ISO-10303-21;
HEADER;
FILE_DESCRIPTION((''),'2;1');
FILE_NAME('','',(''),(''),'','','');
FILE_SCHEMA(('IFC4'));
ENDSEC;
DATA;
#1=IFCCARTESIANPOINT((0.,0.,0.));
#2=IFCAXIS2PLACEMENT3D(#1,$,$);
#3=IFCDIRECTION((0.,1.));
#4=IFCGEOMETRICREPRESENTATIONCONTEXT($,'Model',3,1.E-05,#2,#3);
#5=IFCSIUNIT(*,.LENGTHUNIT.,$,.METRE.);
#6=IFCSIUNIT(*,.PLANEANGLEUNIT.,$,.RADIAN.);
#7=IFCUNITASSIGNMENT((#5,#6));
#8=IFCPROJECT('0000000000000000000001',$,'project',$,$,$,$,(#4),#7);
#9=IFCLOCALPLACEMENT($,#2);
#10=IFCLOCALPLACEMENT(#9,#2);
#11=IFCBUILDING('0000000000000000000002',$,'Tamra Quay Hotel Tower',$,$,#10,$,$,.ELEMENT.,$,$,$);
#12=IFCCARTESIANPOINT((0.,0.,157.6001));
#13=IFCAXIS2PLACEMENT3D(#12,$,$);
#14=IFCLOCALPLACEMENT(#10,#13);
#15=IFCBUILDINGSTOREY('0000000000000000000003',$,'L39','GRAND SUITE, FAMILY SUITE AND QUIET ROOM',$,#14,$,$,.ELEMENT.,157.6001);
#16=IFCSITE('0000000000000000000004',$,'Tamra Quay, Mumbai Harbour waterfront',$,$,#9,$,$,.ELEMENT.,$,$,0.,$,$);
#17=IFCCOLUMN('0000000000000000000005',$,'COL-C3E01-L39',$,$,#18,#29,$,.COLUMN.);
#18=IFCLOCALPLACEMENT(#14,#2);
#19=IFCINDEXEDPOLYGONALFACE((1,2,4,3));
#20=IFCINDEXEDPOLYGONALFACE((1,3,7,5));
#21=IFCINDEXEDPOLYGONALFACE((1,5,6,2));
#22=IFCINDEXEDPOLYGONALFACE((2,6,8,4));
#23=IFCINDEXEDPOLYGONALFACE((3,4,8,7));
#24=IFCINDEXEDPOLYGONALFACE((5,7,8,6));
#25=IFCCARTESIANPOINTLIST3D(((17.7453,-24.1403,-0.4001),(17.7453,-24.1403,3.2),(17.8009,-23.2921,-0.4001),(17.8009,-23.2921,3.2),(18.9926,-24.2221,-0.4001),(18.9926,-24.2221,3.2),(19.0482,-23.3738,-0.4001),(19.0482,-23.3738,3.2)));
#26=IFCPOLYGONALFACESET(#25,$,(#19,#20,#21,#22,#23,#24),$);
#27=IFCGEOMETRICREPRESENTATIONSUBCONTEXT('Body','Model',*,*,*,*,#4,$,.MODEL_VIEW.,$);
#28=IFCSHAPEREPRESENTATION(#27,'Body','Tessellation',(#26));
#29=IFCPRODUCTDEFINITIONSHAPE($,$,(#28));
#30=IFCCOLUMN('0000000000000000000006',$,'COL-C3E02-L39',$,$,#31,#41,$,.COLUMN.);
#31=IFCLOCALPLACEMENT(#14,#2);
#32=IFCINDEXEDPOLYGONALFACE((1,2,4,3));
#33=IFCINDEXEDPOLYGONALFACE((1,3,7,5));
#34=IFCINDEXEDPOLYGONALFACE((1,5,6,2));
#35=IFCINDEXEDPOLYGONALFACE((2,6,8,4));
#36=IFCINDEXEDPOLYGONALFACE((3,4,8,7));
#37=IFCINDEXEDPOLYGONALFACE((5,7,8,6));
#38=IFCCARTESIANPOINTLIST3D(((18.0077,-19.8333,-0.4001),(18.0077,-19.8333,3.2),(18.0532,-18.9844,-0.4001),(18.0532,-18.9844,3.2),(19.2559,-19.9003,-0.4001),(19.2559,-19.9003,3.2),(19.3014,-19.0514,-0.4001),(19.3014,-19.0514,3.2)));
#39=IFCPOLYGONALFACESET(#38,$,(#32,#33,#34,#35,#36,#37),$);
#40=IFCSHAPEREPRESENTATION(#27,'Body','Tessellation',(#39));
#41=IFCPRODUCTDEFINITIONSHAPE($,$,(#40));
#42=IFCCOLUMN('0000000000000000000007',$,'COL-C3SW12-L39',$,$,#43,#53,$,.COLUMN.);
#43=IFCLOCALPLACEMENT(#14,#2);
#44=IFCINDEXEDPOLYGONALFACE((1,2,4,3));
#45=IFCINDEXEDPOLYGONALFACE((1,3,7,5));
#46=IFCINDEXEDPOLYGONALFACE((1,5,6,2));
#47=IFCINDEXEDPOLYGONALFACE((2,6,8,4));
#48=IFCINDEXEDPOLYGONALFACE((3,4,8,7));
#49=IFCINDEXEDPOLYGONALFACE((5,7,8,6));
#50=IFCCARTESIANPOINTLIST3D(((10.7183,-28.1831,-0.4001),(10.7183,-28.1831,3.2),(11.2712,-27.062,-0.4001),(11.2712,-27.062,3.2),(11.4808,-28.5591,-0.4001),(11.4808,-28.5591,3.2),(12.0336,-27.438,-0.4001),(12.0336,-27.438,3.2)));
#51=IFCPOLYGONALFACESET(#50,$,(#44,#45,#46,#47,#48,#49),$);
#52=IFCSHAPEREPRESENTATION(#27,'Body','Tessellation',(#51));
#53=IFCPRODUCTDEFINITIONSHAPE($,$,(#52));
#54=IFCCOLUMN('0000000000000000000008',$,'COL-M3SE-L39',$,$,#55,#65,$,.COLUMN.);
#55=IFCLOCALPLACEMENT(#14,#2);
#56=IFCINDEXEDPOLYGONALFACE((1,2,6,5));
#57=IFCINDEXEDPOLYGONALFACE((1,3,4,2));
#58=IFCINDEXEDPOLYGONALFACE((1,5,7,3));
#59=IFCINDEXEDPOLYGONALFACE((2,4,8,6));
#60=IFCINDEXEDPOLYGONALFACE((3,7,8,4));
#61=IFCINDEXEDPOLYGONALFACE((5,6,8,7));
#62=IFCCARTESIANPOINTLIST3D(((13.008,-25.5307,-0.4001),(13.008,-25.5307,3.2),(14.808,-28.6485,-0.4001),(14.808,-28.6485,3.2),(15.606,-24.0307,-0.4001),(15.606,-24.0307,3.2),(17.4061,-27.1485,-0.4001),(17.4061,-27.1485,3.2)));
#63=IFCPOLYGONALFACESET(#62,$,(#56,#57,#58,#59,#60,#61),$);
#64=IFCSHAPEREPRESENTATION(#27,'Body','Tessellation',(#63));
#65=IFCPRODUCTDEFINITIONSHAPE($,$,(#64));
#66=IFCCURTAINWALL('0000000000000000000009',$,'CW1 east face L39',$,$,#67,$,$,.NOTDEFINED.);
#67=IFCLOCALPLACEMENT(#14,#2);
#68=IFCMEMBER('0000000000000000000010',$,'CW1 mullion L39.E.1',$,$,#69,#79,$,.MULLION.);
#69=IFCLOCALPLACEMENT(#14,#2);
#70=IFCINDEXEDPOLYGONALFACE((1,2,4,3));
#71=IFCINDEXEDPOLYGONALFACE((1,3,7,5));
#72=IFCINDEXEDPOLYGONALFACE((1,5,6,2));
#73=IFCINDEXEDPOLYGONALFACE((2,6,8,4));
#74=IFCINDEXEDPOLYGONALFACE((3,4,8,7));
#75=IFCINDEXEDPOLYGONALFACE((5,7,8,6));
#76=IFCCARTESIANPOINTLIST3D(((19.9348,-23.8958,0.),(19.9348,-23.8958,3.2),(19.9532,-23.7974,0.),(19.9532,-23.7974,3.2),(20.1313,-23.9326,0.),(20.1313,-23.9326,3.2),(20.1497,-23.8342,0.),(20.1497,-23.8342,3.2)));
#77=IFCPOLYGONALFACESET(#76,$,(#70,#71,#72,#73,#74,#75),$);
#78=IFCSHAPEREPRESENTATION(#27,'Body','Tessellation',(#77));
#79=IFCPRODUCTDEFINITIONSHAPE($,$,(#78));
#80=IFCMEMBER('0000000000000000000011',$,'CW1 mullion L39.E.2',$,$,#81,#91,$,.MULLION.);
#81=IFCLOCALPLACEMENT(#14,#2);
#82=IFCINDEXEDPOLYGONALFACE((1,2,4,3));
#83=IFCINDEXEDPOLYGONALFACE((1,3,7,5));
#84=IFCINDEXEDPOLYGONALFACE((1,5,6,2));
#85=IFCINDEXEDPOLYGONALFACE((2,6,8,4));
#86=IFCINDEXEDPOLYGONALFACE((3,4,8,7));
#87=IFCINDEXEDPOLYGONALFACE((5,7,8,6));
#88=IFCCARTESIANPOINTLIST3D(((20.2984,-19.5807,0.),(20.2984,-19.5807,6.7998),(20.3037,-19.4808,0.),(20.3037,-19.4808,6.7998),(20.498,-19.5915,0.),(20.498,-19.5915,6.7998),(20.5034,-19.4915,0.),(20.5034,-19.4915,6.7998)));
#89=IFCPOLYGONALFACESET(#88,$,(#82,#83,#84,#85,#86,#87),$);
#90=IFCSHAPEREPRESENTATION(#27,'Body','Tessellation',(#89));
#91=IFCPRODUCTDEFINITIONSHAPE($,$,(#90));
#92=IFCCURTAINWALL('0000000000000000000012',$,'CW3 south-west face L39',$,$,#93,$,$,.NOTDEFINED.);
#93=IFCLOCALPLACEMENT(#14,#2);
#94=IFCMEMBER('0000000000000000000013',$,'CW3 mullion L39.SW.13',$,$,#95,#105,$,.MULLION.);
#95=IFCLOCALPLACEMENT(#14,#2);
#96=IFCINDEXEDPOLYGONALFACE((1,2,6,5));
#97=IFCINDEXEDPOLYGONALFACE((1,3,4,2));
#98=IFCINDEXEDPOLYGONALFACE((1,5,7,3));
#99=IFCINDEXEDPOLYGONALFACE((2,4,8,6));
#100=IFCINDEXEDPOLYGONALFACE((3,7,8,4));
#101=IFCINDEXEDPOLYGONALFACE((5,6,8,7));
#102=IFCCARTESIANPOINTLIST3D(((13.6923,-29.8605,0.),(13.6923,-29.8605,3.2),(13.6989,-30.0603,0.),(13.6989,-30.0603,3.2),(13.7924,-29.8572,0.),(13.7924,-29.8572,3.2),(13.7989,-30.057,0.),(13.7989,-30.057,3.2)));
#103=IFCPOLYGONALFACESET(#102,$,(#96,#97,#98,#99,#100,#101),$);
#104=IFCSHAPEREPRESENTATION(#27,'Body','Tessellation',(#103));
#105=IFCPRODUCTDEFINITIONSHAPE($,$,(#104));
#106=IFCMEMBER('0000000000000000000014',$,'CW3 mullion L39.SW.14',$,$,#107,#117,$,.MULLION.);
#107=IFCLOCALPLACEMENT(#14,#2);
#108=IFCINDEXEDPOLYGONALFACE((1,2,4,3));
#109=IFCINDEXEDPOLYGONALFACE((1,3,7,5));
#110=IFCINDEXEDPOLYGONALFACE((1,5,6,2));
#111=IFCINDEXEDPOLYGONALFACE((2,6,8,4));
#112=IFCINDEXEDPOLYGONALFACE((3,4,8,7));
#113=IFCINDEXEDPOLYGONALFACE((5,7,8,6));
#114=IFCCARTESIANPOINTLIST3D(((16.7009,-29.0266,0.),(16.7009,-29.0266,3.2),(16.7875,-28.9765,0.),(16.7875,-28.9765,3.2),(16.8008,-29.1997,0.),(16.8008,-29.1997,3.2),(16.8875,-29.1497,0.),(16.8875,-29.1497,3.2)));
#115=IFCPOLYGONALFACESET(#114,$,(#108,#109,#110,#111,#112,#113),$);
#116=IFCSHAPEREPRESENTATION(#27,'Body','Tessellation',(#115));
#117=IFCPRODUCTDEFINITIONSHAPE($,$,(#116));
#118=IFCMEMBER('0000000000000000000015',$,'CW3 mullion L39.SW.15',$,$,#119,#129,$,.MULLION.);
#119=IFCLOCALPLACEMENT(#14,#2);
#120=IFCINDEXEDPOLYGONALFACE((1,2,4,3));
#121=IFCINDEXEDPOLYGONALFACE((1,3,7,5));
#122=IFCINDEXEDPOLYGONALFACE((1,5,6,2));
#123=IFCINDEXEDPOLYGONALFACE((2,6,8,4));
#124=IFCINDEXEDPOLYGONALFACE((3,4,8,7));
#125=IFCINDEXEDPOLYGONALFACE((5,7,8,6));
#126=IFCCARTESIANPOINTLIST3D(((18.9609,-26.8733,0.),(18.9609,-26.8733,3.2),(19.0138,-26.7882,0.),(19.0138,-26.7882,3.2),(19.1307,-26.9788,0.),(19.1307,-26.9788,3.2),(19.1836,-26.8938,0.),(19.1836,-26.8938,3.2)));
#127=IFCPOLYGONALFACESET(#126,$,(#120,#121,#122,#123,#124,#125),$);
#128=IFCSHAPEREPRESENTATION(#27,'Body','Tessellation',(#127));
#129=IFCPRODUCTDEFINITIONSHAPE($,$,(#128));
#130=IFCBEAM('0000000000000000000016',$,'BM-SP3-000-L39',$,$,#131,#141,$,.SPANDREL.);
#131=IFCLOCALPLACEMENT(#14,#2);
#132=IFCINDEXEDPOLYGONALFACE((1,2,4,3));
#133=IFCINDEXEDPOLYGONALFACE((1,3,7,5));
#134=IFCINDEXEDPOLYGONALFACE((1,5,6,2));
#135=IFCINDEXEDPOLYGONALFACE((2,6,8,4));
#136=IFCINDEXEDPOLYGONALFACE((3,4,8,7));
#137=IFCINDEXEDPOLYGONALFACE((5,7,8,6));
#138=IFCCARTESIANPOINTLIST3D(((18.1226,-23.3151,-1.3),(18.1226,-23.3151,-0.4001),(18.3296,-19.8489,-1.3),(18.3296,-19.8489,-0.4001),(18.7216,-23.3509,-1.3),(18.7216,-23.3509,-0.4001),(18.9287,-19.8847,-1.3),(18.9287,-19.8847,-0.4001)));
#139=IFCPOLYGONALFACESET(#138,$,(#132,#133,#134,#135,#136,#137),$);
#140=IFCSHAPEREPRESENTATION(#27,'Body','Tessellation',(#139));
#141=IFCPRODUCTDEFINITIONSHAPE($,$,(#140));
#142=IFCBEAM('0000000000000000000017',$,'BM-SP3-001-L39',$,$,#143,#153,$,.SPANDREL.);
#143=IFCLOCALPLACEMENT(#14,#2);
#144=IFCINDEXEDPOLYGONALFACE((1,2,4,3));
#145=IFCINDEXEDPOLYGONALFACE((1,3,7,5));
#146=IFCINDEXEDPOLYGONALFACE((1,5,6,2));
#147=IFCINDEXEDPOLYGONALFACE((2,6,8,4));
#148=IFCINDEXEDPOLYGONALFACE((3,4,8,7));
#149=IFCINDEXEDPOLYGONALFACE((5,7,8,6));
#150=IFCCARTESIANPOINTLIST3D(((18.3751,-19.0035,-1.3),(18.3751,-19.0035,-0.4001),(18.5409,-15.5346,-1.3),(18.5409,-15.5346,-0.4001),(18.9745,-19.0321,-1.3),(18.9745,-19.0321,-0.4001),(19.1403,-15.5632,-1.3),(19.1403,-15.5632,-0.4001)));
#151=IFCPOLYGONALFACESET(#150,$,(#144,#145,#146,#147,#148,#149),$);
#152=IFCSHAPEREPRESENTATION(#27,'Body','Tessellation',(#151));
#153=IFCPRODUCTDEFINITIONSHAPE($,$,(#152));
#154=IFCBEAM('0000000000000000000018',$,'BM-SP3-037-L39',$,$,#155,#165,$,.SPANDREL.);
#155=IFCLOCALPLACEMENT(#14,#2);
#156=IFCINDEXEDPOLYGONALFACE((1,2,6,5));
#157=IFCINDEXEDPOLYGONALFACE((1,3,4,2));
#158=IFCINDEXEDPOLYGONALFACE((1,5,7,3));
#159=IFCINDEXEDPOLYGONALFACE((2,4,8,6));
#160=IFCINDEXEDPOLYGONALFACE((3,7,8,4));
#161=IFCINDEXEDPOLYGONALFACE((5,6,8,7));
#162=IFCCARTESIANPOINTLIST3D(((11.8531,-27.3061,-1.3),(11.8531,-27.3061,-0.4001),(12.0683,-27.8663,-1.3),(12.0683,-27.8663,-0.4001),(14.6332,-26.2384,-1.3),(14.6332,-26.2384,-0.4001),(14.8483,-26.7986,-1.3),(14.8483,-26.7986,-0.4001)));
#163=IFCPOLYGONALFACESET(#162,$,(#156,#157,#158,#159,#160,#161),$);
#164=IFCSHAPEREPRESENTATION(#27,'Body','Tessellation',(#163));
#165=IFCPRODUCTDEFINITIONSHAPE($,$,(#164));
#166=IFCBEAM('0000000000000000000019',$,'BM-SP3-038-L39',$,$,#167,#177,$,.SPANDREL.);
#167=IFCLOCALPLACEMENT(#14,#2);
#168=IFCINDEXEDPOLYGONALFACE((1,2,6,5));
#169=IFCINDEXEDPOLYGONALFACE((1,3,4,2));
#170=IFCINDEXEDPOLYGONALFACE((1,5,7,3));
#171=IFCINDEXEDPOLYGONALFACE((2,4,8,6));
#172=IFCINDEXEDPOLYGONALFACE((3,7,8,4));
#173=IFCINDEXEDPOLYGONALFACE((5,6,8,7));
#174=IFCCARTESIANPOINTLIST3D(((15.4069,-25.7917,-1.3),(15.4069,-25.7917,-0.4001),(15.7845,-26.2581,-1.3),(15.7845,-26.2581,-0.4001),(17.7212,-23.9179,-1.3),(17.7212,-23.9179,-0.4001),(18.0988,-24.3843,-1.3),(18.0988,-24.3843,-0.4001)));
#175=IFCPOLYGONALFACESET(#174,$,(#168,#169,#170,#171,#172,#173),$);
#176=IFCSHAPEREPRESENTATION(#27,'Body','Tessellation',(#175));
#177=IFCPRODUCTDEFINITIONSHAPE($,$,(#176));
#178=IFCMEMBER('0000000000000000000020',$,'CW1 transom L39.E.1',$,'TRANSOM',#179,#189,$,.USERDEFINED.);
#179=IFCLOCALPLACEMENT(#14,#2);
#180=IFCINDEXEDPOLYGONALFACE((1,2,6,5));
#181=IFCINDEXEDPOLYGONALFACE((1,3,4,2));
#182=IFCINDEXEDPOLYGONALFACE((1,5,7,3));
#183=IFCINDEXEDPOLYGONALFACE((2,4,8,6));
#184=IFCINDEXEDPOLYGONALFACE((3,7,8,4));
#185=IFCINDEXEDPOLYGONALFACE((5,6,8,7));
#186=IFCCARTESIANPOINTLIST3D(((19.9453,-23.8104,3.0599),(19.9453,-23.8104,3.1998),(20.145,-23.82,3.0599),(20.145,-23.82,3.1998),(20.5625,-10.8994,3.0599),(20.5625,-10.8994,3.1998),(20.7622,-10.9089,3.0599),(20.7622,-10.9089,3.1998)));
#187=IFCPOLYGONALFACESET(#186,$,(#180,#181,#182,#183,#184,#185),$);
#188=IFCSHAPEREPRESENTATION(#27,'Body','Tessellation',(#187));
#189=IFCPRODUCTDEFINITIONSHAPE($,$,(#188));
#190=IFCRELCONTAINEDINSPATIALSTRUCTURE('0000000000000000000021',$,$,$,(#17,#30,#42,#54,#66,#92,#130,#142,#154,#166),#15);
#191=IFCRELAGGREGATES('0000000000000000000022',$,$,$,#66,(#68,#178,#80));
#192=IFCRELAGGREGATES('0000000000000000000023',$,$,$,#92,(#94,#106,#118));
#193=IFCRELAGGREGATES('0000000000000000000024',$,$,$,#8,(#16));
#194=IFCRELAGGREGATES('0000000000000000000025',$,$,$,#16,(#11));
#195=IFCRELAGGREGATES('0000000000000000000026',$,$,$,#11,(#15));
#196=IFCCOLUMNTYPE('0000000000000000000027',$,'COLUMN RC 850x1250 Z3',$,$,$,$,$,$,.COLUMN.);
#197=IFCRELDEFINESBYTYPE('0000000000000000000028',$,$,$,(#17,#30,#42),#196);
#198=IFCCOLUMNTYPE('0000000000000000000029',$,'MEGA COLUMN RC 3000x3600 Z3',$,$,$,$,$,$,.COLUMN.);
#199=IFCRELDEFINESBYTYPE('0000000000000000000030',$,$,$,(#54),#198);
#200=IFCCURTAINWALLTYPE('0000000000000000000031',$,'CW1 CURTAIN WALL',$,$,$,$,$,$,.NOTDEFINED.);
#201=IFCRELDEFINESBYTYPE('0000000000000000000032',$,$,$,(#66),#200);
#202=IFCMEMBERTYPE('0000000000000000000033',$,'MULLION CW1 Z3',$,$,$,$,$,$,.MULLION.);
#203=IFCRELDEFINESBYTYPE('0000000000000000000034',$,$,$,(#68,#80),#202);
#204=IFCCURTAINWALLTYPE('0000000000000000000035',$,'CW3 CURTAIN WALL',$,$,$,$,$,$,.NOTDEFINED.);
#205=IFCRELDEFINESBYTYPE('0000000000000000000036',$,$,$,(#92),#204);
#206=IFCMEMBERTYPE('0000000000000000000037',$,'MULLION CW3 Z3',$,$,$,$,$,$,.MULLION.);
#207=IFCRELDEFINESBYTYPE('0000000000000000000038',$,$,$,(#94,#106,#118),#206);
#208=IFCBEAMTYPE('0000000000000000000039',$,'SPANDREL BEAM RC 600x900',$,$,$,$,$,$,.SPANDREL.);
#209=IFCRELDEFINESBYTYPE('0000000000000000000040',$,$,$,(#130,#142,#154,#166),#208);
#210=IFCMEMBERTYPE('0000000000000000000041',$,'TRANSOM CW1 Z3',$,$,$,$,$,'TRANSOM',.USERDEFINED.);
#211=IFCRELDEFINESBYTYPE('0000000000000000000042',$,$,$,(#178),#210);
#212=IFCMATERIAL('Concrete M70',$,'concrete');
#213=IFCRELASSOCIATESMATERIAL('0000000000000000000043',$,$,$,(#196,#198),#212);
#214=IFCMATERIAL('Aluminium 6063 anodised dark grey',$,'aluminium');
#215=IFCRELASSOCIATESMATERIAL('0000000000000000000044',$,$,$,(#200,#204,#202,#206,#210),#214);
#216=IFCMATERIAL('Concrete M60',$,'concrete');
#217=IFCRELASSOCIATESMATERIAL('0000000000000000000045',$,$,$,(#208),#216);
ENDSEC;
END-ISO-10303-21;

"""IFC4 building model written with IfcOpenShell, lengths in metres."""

from ifc_helpers import new_model, si_unit, direction, frame, origin, origin_2d, place, context, subcontext, project, spatial, rectangle, extrude, material, material_profile, profile_set, type_object, element, aggregate, save


model = new_model("IFC4")

# Units and contexts
model_context = context("Model", 3, precision=1e-05, world=origin(), true_north=direction((0.0, 1.0)))
body_context = subcontext(model_context, "Body", "Model", "MODEL_VIEW")
ifc_project = project(units=[si_unit("LENGTHUNIT", "METRE"), si_unit("PLANEANGLEUNIT", "RADIAN")], contexts=[model_context])

# Site, building, storey
site_placement = place(None, origin())
site = spatial("IfcSite", under=ifc_project, at=site_placement, Name="Tamra Quay, Mumbai Harbour waterfront", CompositionType="ELEMENT", RefElevation=0.0)
building_placement = place(site_placement, origin())
building = spatial("IfcBuilding", under=site, at=building_placement, Name="Tamra Quay Hotel Tower", CompositionType="ELEMENT")
storey_placement = place(building_placement, frame((0.0, 0.0, 157.6001)))
storey = spatial("IfcBuildingStorey", under=building, at=storey_placement, Name="L39", Description="GRAND SUITE, FAMILY SUITE AND QUIET ROOM", CompositionType="ELEMENT", Elevation=157.6001)

# Columns
ifc_material_1 = material(Name="Concrete M70", Category="concrete")
ifc_material_profile_1 = material_profile(ifc_material_1, rectangle(XDim=1.25, YDim=0.8501, at=origin_2d()), Name="COLUMN RC 850x1250 Z3")
ifc_profile_set_1 = profile_set([ifc_material_profile_1], Name="Concrete M70")
column_type_1 = type_object("IfcColumnType", Name="COLUMN RC 850x1250 Z3", PredefinedType="COLUMN", material=ifc_profile_set_1)
for number, where, z_axis, x_axis, name in (
    (1, (18.3967, -23.7571, -0.4001), (0.0, 0.0, 1.0), (-0.997858, 0.065419, 0.0), "COL-C3E01-L39"),
    (2, (18.6545, -19.4424, -0.4001), (0.0, 0.0, 1.0), (-0.998562, 0.053603, 0.0), "COL-C3E02-L39"),
    (3, (11.376, -27.8105, -0.4001), (0.0, 0.0, 1.0), (0.442275, 0.89688, 0.0), "COL-C3SW12-L39"),
):
    element("IfcColumn", number, at=place(storey_placement, frame(where, z_axis=z_axis, x_axis=x_axis)), inside=storey, type_object=column_type_1, Name=name, PredefinedType="COLUMN", context=body_context, shape_type="SweptSolid", body=[
        extrude(rectangle(XDim=1.25, YDim=0.8501, at=origin_2d()), origin(), (0.0, 0.0, 1.0), 3.6001),
    ])
ifc_material_profile_2 = material_profile(ifc_material_1, rectangle(XDim=3.6001, YDim=3.0, at=origin_2d()), Name="MEGA COLUMN RC 3000x3600 Z3")
ifc_profile_set_2 = profile_set([ifc_material_profile_2], Name="Concrete M70")
column_type_2 = type_object("IfcColumnType", Name="MEGA COLUMN RC 3000x3600 Z3", PredefinedType="COLUMN", material=ifc_profile_set_2)
column_placement = place(storey_placement, frame((15.207, -26.3396, -0.4001), z_axis=(0.0, 0.0, 1.0), x_axis=(-0.5, 0.866025, 0.0)))
element("IfcColumn", 4, at=column_placement, inside=storey, type_object=column_type_2, Name="COL-M3SE-L39", PredefinedType="COLUMN", context=body_context, shape_type="SweptSolid", body=[
    extrude(rectangle(XDim=3.6001, YDim=3.0, at=origin_2d()), origin(), (0.0, 0.0, 1.0), 3.6001),
])

# Curtain walls, members
ifc_material_2 = material(Name="Aluminium 6063 anodised dark grey", Category="aluminium")
curtain_wall_type_1 = type_object("IfcCurtainWallType", Name="CW1 CURTAIN WALL", PredefinedType="NOTDEFINED", material=ifc_material_2)
curtain_wall_1_placement = place(storey_placement, origin())
curtain_wall_1 = element("IfcCurtainWall", 5, at=curtain_wall_1_placement, inside=storey, type_object=curtain_wall_type_1, Name="CW1 east face L39", PredefinedType="NOTDEFINED")
ifc_material_profile_3 = material_profile(ifc_material_2, rectangle(XDim=0.2, YDim=0.1001, at=origin_2d()), Name="MULLION 100X200")
ifc_profile_set_3 = profile_set([ifc_material_profile_3], Name="Aluminium 6063 anodised dark grey")
member_type_1 = type_object("IfcMemberType", Name="MULLION CW1 Z3", PredefinedType="MULLION", material=ifc_profile_set_3)
member_1_placement = place(storey_placement, frame((20.0422, -23.865, 0.0), z_axis=(0.0, 0.0, 1.0), x_axis=(0.982883, -0.18423, 0.0)))
member_1 = element("IfcMember", 6, at=member_1_placement, type_object=member_type_1, Name="CW1 mullion L39.E.1", PredefinedType="MULLION", context=body_context, shape_type="SweptSolid", body=[
    extrude(rectangle(XDim=0.2, YDim=0.1001, at=origin_2d()), origin(), (0.0, 0.0, 1.0), 3.2),
])
member_2_placement = place(storey_placement, frame((20.4009, -19.5361, 0.0), z_axis=(0.0, 0.0, 1.0), x_axis=(0.998557, -0.053695, 0.0)))
member_2 = element("IfcMember", 7, at=member_2_placement, type_object=member_type_1, Name="CW1 mullion L39.E.2", PredefinedType="MULLION", context=body_context, shape_type="SweptSolid", body=[
    extrude(rectangle(XDim=0.2, YDim=0.1001, at=origin_2d()), origin(), (0.0, 0.0, 1.0), 6.7998),
])
curtain_wall_type_2 = type_object("IfcCurtainWallType", Name="CW3 CURTAIN WALL", PredefinedType="NOTDEFINED", material=ifc_material_2)
curtain_wall_2_placement = place(storey_placement, origin())
curtain_wall_2 = element("IfcCurtainWall", 8, at=curtain_wall_2_placement, inside=storey, type_object=curtain_wall_type_2, Name="CW3 south-west face L39", PredefinedType="NOTDEFINED")
ifc_material_profile_4 = material_profile(ifc_material_2, rectangle(XDim=0.2, YDim=0.1001, at=origin_2d()), Name="MULLION 100X200")
ifc_profile_set_4 = profile_set([ifc_material_profile_4], Name="Aluminium 6063 anodised dark grey")
member_type_2 = type_object("IfcMemberType", Name="MULLION CW3 Z3", PredefinedType="MULLION", material=ifc_profile_set_4)
member_3_placement = place(storey_placement, frame((13.7456, -29.9587, 0.0), z_axis=(0.0, 0.0, 1.0), x_axis=(0.032727, -0.999464, 0.0)))
member_3 = element("IfcMember", 9, at=member_3_placement, type_object=member_type_2, Name="CW3 mullion L39.SW.13", PredefinedType="MULLION", context=body_context, shape_type="SweptSolid", body=[
    extrude(rectangle(XDim=0.2, YDim=0.1001, at=origin_2d()), origin(), (0.0, 0.0, 1.0), 3.2),
])
member_4_placement = place(storey_placement, frame((16.7942, -29.0881, 0.0), z_axis=(0.0, 0.0, 1.0), x_axis=(0.5, -0.866025, 0.0)))
member_4 = element("IfcMember", 10, at=member_4_placement, type_object=member_type_2, Name="CW3 mullion L39.SW.14", PredefinedType="MULLION", context=body_context, shape_type="SweptSolid", body=[
    extrude(rectangle(XDim=0.2, YDim=0.1001, at=origin_2d()), origin(), (0.0, 0.0, 1.0), 3.2),
])
member_5_placement = place(storey_placement, frame((19.0723, -26.8835, 0.0), z_axis=(0.0, 0.0, 1.0), x_axis=(0.849198, -0.528075, 0.0)))
member_5 = element("IfcMember", 11, at=member_5_placement, type_object=member_type_2, Name="CW3 mullion L39.SW.15", PredefinedType="MULLION", context=body_context, shape_type="SweptSolid", body=[
    extrude(rectangle(XDim=0.2, YDim=0.1001, at=origin_2d()), origin(), (0.0, 0.0, 1.0), 3.2),
])

# Beams
ifc_material_3 = material(Name="Concrete M60", Category="concrete")
ifc_material_profile_5 = material_profile(ifc_material_3, rectangle(XDim=0.6001, YDim=0.8999, at=origin_2d()), Name="SPANDREL BEAM RC 600x900")
ifc_profile_set_5 = profile_set([ifc_material_profile_5], Name="Concrete M60")
beam_type = type_object("IfcBeamType", Name="SPANDREL BEAM RC 600x900", PredefinedType="SPANDREL", material=ifc_profile_set_5)
beam_1_placement = place(storey_placement, frame((18.4221, -23.333, -0.8501), z_axis=(0.05962, 0.998221, 0.0), x_axis=(-0.998221, 0.05962, 0.0)))
element("IfcBeam", 12, at=beam_1_placement, inside=storey, type_object=beam_type, Name="BM-SP3-000-L39", PredefinedType="SPANDREL", context=body_context, shape_type="SweptSolid", body=[
    extrude(rectangle(XDim=0.6001, YDim=0.8999, at=origin_2d()), origin(), (0.0, 0.0, 1.0), 3.4724),
])
beam_2_placement = place(storey_placement, frame((18.6748, -19.0178, -0.8501), z_axis=(0.047732, 0.99886, 0.0), x_axis=(-0.99886, 0.047732, 0.0)))
element("IfcBeam", 13, at=beam_2_placement, inside=storey, type_object=beam_type, Name="BM-SP3-001-L39", PredefinedType="SPANDREL", context=body_context, shape_type="SweptSolid", body=[
    extrude(rectangle(XDim=0.6001, YDim=0.8999, at=origin_2d()), origin(), (0.0, 0.0, 1.0), 3.4729),
])
beam_3_placement = place(storey_placement, frame((11.9607, -27.5862, -0.8501), z_axis=(0.933527, 0.358507, 0.0), x_axis=(-0.358507, 0.933527, 0.0)))
element("IfcBeam", 14, at=beam_3_placement, inside=storey, type_object=beam_type, Name="BM-SP3-037-L39", PredefinedType="SPANDREL", context=body_context, shape_type="SweptSolid", body=[
    extrude(rectangle(XDim=0.6001, YDim=0.8999, at=origin_2d()), origin(), (0.0, 0.0, 1.0), 2.978),
])
beam_4_placement = place(storey_placement, frame((15.5957, -26.0249, -0.8501), z_axis=(0.777184, 0.629274, 0.0), x_axis=(-0.629274, 0.777184, 0.0)))
element("IfcBeam", 15, at=beam_4_placement, inside=storey, type_object=beam_type, Name="BM-SP3-038-L39", PredefinedType="SPANDREL", context=body_context, shape_type="SweptSolid", body=[
    extrude(rectangle(XDim=0.6001, YDim=0.8999, at=origin_2d()), origin(), (0.0, 0.0, 1.0), 2.9778),
])

# Member
ifc_material_profile_6 = material_profile(ifc_material_2, rectangle(XDim=0.2, YDim=0.1399, at=origin_2d()), Name="TRANSOM 200X140")
ifc_profile_set_6 = profile_set([ifc_material_profile_6], Name="Aluminium 6063 anodised dark grey")
member_type_3 = type_object("IfcMemberType", Name="TRANSOM CW1 Z3", ElementType="TRANSOM", PredefinedType="USERDEFINED", material=ifc_profile_set_6)
member_6_placement = place(storey_placement, frame((20.0452, -23.8152, 3.1299), z_axis=(0.047748, 0.998859, 0.0), x_axis=(-0.998859, 0.047748, 0.0)))
member_6 = element("IfcMember", 16, at=member_6_placement, type_object=member_type_3, Name="CW1 transom L39.E.1", ObjectType="TRANSOM", PredefinedType="USERDEFINED", context=body_context, shape_type="SweptSolid", body=[
    extrude(rectangle(XDim=0.2, YDim=0.1399, at=origin_2d()), origin(), (0.0, 0.0, 1.0), 12.9258),
])

aggregate(curtain_wall_1, [member_1, member_6, member_2])
aggregate(curtain_wall_2, [member_3, member_4, member_5])

save(model, "model.ifc")
